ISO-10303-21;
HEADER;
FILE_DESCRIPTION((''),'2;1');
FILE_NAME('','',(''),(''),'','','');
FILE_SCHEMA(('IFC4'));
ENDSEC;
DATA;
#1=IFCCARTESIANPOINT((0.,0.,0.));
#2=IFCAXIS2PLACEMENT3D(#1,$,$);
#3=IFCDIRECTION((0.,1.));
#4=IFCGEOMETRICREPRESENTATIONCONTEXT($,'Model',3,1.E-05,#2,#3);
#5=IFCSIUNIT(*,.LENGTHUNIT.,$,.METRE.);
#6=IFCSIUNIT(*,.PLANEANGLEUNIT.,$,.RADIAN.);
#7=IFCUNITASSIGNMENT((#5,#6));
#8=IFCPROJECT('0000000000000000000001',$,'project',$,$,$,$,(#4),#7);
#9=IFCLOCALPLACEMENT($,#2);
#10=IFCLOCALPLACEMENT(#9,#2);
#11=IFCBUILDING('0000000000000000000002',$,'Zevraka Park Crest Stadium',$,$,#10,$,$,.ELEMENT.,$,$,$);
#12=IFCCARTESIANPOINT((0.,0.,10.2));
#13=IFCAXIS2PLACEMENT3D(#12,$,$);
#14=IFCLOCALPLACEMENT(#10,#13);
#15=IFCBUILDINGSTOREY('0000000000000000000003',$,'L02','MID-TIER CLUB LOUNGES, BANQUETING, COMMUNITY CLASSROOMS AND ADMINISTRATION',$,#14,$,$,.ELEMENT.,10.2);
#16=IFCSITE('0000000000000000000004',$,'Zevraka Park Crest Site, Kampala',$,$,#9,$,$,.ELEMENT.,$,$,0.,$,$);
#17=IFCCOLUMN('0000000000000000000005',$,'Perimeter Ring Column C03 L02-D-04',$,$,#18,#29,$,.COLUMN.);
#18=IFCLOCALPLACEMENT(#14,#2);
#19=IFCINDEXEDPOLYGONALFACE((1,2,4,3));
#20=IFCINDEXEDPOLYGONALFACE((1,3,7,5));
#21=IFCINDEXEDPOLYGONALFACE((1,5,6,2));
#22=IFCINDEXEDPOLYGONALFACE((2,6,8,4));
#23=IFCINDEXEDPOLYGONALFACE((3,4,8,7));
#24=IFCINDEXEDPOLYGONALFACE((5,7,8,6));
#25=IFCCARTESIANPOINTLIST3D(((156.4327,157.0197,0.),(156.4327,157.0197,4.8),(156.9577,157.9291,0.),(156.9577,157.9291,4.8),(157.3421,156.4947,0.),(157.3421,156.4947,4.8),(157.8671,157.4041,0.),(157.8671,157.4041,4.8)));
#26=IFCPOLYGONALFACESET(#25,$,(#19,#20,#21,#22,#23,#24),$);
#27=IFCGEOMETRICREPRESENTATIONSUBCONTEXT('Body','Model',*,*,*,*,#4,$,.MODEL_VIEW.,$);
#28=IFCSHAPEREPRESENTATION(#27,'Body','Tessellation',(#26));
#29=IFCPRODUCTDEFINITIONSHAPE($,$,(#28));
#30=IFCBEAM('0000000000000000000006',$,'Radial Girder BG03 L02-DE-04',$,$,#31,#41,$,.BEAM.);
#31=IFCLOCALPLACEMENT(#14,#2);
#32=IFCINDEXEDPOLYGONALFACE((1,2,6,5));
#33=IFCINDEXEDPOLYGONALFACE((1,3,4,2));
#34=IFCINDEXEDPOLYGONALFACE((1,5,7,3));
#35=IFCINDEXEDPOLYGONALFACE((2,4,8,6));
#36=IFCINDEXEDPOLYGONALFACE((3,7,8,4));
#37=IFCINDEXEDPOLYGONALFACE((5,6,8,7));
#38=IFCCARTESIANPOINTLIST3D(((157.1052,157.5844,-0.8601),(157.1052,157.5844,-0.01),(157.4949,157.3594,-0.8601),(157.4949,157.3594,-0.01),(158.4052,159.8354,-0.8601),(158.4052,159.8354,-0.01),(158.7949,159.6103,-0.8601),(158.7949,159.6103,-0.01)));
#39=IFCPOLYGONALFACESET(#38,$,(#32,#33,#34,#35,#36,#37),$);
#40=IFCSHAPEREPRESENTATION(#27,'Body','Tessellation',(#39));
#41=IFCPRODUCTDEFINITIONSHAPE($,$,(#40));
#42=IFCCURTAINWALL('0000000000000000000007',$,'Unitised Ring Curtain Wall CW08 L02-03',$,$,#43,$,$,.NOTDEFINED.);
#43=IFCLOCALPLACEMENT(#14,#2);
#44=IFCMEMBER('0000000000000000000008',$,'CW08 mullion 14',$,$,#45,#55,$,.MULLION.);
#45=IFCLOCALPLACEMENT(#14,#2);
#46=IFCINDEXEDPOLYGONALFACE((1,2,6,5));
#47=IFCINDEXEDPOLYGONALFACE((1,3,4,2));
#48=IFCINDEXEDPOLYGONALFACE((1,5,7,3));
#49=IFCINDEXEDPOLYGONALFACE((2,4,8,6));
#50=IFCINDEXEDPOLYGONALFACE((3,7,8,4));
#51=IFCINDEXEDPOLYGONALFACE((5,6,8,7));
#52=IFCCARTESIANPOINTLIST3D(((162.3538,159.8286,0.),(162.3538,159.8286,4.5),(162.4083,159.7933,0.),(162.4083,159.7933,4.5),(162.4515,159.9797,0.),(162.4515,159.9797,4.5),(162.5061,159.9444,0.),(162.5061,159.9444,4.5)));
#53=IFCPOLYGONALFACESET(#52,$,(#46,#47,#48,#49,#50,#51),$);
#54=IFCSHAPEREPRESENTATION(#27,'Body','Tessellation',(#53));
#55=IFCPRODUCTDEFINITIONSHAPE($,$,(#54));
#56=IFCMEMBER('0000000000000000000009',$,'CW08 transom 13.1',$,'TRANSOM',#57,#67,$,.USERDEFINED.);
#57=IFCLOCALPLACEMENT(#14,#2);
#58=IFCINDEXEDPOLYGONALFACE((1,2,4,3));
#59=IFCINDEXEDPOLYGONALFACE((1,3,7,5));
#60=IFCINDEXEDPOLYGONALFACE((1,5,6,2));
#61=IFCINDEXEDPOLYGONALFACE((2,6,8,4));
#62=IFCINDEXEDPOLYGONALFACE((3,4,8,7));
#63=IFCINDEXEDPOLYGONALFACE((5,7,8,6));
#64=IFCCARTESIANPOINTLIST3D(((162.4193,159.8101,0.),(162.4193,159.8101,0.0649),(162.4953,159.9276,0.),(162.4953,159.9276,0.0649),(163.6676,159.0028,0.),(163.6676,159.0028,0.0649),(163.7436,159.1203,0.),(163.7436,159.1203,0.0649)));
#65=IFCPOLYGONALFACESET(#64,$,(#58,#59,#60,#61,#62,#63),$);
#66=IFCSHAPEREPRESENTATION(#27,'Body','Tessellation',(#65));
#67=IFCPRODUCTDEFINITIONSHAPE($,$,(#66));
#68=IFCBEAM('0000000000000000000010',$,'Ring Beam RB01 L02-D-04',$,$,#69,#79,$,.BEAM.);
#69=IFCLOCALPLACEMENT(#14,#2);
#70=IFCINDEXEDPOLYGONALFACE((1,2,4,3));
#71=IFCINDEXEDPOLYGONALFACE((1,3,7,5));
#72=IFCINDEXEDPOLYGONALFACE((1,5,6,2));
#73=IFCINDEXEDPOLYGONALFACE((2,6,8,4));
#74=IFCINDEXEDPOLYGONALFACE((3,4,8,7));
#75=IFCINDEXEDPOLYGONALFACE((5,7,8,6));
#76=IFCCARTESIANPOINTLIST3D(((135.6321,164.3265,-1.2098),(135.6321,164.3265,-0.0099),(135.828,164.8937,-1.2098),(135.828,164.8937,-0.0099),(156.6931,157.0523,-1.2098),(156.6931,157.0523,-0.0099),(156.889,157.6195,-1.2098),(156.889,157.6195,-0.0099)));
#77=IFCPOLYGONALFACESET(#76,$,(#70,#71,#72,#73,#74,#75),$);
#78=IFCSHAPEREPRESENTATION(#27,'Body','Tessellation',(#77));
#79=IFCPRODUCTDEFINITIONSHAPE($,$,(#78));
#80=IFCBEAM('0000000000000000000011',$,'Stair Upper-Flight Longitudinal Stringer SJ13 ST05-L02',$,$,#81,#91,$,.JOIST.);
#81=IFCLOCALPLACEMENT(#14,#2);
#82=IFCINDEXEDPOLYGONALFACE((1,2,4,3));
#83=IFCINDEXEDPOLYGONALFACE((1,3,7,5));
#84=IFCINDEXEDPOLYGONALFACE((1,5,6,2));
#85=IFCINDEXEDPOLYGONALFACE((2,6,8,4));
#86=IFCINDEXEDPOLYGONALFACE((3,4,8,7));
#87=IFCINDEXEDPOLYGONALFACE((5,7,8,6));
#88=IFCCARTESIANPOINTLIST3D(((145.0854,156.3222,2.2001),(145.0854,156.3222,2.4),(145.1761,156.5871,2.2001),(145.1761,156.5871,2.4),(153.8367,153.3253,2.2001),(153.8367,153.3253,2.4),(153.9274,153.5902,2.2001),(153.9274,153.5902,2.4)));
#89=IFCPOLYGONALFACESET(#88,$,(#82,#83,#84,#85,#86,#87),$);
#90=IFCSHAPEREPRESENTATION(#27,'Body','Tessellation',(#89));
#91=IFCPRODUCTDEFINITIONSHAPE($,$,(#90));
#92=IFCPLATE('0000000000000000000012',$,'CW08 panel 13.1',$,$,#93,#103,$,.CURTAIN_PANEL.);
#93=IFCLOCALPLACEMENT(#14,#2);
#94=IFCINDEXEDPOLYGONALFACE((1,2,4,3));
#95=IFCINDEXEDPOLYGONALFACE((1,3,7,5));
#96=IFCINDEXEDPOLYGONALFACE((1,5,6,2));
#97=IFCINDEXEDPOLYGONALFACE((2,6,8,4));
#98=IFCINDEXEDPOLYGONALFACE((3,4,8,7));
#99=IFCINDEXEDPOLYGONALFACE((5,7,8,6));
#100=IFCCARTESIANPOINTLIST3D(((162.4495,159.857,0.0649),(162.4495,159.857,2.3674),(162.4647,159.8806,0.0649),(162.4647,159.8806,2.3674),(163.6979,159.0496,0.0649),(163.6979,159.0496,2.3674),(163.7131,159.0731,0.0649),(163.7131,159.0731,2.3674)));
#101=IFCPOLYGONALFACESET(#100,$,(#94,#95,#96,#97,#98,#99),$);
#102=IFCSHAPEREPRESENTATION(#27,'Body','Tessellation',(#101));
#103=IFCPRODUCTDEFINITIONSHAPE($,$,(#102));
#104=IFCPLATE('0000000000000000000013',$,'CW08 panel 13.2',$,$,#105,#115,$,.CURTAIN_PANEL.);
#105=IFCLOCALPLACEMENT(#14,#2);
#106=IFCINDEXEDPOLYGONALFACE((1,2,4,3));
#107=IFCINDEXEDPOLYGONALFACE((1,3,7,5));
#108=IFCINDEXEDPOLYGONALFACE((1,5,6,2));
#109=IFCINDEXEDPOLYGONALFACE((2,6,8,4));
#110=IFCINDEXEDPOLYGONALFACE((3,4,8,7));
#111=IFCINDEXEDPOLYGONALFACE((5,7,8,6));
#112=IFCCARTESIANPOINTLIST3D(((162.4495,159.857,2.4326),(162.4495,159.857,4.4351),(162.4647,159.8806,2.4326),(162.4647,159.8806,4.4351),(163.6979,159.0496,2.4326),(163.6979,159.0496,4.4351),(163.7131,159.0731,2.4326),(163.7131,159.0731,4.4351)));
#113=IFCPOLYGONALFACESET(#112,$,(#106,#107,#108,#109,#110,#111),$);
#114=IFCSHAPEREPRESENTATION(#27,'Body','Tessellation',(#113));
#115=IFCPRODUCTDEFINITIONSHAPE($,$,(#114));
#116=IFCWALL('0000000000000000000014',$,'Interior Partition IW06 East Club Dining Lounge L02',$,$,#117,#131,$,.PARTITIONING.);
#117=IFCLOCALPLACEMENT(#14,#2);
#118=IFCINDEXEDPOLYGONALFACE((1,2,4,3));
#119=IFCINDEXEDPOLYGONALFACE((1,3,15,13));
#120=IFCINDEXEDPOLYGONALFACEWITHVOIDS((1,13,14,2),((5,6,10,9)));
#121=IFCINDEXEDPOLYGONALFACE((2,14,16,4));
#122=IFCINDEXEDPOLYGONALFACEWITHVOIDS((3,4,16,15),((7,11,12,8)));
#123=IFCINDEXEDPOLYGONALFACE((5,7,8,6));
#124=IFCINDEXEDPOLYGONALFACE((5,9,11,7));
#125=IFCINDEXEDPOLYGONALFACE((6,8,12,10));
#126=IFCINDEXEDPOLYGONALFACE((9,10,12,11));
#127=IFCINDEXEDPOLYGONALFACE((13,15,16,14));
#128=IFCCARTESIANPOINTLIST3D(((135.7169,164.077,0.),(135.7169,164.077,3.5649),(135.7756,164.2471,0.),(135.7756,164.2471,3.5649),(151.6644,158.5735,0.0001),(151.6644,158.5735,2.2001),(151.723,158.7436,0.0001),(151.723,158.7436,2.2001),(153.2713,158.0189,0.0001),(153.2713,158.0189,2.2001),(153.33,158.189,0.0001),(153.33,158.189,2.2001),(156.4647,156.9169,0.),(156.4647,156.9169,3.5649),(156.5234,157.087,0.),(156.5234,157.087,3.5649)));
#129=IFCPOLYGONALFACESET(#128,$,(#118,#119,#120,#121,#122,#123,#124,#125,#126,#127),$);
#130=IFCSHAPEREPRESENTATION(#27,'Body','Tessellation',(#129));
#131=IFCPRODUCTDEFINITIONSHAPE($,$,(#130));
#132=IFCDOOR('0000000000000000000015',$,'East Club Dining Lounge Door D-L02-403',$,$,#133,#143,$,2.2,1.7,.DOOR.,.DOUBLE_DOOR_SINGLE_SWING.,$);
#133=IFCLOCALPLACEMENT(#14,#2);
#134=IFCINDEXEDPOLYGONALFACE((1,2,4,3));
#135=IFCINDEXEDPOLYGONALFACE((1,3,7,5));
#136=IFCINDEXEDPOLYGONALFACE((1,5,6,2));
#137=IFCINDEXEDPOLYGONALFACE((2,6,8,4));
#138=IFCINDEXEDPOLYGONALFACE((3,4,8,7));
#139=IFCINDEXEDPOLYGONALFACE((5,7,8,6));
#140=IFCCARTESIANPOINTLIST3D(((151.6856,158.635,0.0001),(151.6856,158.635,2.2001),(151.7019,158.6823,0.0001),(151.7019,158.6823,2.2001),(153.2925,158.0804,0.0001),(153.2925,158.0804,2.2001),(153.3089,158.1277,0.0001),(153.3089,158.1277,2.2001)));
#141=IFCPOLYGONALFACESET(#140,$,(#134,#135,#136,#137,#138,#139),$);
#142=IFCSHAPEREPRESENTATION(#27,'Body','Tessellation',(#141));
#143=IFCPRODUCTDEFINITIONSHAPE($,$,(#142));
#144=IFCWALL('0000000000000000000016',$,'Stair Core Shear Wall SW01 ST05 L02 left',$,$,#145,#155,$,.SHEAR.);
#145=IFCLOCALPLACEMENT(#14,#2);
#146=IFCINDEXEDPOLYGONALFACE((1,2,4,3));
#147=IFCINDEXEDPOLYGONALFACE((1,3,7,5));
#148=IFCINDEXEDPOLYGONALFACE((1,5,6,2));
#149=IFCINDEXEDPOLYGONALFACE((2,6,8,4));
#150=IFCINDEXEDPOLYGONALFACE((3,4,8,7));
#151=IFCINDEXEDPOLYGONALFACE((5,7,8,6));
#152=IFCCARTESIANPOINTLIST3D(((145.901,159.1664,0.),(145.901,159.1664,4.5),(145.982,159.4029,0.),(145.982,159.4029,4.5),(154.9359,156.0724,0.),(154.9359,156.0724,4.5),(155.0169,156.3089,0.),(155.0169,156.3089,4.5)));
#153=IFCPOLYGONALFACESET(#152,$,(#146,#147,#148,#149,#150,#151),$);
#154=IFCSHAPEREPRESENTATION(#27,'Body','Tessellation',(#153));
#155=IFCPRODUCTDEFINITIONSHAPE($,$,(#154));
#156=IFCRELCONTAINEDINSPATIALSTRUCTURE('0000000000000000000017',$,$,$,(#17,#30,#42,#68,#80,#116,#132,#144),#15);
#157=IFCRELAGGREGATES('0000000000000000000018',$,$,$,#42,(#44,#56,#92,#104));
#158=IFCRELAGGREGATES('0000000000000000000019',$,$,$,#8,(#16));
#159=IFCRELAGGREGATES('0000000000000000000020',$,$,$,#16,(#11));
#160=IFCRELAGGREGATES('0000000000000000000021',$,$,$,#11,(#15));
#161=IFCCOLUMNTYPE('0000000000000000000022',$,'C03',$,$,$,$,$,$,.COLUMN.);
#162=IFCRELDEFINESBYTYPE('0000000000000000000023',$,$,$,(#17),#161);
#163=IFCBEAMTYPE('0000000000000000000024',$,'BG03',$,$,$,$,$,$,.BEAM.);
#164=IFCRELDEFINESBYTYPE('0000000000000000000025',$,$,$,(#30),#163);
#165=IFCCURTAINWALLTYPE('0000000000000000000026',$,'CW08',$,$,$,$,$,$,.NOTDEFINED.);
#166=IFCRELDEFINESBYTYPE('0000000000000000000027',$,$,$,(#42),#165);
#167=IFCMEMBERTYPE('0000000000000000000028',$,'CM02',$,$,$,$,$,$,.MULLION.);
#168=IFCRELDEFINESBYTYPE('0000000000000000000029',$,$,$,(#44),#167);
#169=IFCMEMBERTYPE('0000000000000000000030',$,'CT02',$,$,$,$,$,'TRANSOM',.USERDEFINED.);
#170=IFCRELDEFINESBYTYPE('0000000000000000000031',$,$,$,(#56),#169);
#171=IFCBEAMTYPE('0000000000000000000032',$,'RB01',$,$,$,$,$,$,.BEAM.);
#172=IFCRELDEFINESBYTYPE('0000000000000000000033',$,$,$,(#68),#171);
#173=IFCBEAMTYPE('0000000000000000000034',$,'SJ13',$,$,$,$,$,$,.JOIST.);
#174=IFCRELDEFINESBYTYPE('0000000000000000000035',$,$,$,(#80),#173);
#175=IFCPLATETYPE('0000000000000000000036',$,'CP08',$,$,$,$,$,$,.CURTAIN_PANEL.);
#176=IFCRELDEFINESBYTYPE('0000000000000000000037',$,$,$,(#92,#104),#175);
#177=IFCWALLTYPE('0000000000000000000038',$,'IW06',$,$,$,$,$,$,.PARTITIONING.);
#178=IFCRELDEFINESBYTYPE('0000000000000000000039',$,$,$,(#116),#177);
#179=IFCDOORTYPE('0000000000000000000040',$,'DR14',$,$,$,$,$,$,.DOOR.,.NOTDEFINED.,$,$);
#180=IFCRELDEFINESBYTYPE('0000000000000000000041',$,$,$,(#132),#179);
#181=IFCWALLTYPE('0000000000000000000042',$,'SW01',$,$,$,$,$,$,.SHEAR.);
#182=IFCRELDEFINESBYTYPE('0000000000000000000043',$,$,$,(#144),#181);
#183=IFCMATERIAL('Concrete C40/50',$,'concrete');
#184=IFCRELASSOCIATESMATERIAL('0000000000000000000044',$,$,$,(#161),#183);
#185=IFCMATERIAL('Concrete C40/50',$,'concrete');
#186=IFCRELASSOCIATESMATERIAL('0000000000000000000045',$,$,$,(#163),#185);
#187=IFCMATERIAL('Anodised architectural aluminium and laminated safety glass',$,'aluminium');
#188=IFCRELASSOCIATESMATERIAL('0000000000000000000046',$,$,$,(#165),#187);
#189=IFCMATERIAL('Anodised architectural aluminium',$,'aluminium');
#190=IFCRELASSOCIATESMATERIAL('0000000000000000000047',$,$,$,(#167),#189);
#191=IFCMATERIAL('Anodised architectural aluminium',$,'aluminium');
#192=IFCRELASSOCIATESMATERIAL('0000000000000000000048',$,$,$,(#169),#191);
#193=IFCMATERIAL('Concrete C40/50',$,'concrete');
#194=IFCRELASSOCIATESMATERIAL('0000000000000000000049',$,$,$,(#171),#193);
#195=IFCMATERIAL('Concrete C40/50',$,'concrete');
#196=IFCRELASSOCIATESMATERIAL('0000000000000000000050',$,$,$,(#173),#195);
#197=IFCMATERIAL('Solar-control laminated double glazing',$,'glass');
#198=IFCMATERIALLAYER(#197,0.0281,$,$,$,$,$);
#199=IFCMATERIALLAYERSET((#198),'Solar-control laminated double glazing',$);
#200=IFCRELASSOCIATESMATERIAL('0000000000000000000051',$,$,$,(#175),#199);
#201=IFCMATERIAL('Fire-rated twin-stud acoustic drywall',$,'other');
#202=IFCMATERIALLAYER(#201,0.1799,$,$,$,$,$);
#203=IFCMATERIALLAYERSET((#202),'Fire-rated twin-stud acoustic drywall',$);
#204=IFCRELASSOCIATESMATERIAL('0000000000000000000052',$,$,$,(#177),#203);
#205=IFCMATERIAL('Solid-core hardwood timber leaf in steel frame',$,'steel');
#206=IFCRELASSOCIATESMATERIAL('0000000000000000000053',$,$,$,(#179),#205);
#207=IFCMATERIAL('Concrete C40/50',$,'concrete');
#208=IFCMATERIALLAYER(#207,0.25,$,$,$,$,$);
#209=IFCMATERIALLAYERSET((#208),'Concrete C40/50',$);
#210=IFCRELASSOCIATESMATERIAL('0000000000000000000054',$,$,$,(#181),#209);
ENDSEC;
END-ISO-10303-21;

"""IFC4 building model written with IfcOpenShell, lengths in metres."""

from ifc_helpers import new_model, si_unit, direction, frame, frame_2d, origin, origin_2d, place, context, subcontext, project, spatial, rectangle, extrude, material, layer, layer_set, material_profile, profile_set, type_object, element, fill, aggregate, save


model = new_model("IFC4")

# Units and contexts
model_context = context("Model", 3, precision=1e-05, world=origin(), true_north=direction((0.0, 1.0)))
body_context = subcontext(model_context, "Body", "Model", "MODEL_VIEW")
ifc_project = project(units=[si_unit("LENGTHUNIT", "METRE"), si_unit("PLANEANGLEUNIT", "RADIAN")], contexts=[model_context])

# Site, building, storey
site_placement = place(None, origin())
site = spatial("IfcSite", under=ifc_project, at=site_placement, Name="Zevraka Park Crest Site, Kampala", CompositionType="ELEMENT", RefElevation=0.0)
building_placement = place(site_placement, origin())
building = spatial("IfcBuilding", under=site, at=building_placement, Name="Zevraka Park Crest Stadium", CompositionType="ELEMENT")
storey_placement = place(building_placement, frame((0.0, 0.0, 10.2)))
storey = spatial("IfcBuildingStorey", under=building, at=storey_placement, Name="L02", Description="MID-TIER CLUB LOUNGES, BANQUETING, COMMUNITY CLASSROOMS AND ADMINISTRATION", CompositionType="ELEMENT", Elevation=10.2)

# Column
ifc_material_1 = material(Name="Concrete C40/50", Category="concrete")
ifc_material_profile_1 = material_profile(ifc_material_1, rectangle(XDim=1.05, YDim=1.05, at=origin_2d()), Name="RC 1050x1050")
ifc_profile_set_1 = profile_set([ifc_material_profile_1], Name="Concrete C40/50")
column_type = type_object("IfcColumnType", Name="C03", PredefinedType="COLUMN", material=ifc_profile_set_1)
column_placement = place(storey_placement, frame((157.1499, 157.2119, 0.0), z_axis=(0.0, 0.0, 1.0), x_axis=(0.5, 0.866025, 0.0)))
element("IfcColumn", 1, at=column_placement, inside=storey, type_object=column_type, Name="Perimeter Ring Column C03 L02-D-04", PredefinedType="COLUMN", context=body_context, shape_type="SweptSolid", body=[
    extrude(rectangle(XDim=1.05, YDim=1.05, at=origin_2d()), origin(), (0.0, 0.0, 1.0), 4.8),
])

# Beam
ifc_material_2 = material(Name="Concrete C40/50", Category="concrete")
ifc_material_profile_2 = material_profile(ifc_material_2, rectangle(XDim=0.45, YDim=0.8501, at=origin_2d()), Name="RC 850x450")
ifc_profile_set_2 = profile_set([ifc_material_profile_2], Name="Concrete C40/50")
beam_type_1 = type_object("IfcBeamType", Name="BG03", PredefinedType="BEAM", material=ifc_profile_set_2)
beam_1_placement = place(storey_placement, frame((157.3, 157.4719, -0.4351), z_axis=(0.500129, 0.865951, 0.0), x_axis=(-0.865951, 0.500129, 0.0)))
element("IfcBeam", 2, at=beam_1_placement, inside=storey, type_object=beam_type_1, Name="Radial Girder BG03 L02-DE-04", PredefinedType="BEAM", context=body_context, shape_type="SweptSolid", body=[
    extrude(rectangle(XDim=0.45, YDim=0.8501, at=origin_2d()), origin(), (0.0, 0.0, 1.0), 2.5994),
])

# Curtain wall, members
ifc_material_3 = material(Name="Anodised architectural aluminium and laminated safety glass", Category="aluminium")
curtain_wall_type = type_object("IfcCurtainWallType", Name="CW08", PredefinedType="NOTDEFINED", material=ifc_material_3)
curtain_wall_placement = place(storey_placement, origin())
curtain_wall = element("IfcCurtainWall", 3, at=curtain_wall_placement, inside=storey, type_object=curtain_wall_type, Name="Unitised Ring Curtain Wall CW08 L02-03", PredefinedType="NOTDEFINED")
ifc_material_4 = material(Name="Anodised architectural aluminium", Category="aluminium")
ifc_material_profile_3 = material_profile(ifc_material_4, rectangle(XDim=0.1799, YDim=0.0649, at=origin_2d()), Name="ALU MULLION 180x65")
ifc_profile_set_3 = profile_set([ifc_material_profile_3], Name="Anodised architectural aluminium")
member_type_1 = type_object("IfcMemberType", Name="CM02", PredefinedType="MULLION", material=ifc_profile_set_3)
member_1_placement = place(storey_placement, frame((162.4299, 159.8865, 0.0), z_axis=(0.0, 0.0, 1.0), x_axis=(-0.543096, -0.83967, 0.0)))
member_1 = element("IfcMember", 4, at=member_1_placement, type_object=member_type_1, Name="CW08 mullion 14", PredefinedType="MULLION", context=body_context, shape_type="SweptSolid", body=[
    extrude(rectangle(XDim=0.1799, YDim=0.0649, at=origin_2d()), origin(), (0.0, 0.0, 1.0), 4.5),
])
ifc_material_5 = material(Name="Anodised architectural aluminium", Category="aluminium")
ifc_material_profile_4 = material_profile(ifc_material_5, rectangle(XDim=0.1399, YDim=0.0649, at=origin_2d()), Name="ALU TRANSOM 140x65")
ifc_profile_set_4 = profile_set([ifc_material_profile_4], Name="Anodised architectural aluminium")
member_type_2 = type_object("IfcMemberType", Name="CT02", ElementType="TRANSOM", PredefinedType="USERDEFINED", material=ifc_profile_set_4)
member_2_placement = place(storey_placement, frame((163.7056, 159.0615, 0.0325), z_axis=(-0.839676, 0.543088, 0.0), x_axis=(-0.543088, -0.839676, 0.0)))
member_2 = element("IfcMember", 5, at=member_2_placement, type_object=member_type_2, Name="CW08 transom 13.1", ObjectType="TRANSOM", PredefinedType="USERDEFINED", context=body_context, shape_type="SweptSolid", body=[
    extrude(rectangle(XDim=0.1399, YDim=0.0649, at=origin_2d()), origin(), (0.0, 0.0, 1.0), 1.4866),
])

# Beams
ifc_material_6 = material(Name="Concrete C40/50", Category="concrete")
ifc_material_profile_5 = material_profile(ifc_material_6, rectangle(XDim=0.6001, YDim=1.2, at=origin_2d()), Name="RC 1200x600")
ifc_profile_set_5 = profile_set([ifc_material_profile_5], Name="Concrete C40/50")
beam_type_2 = type_object("IfcBeamType", Name="RB01", PredefinedType="BEAM", material=ifc_profile_set_5)
beam_2_placement = place(storey_placement, frame((156.791, 157.3359, -0.6099), z_axis=(-0.94521, 0.326462, 0.0), x_axis=(-0.326462, -0.94521, 0.0)))
element("IfcBeam", 6, at=beam_2_placement, inside=storey, type_object=beam_type_2, Name="Ring Beam RB01 L02-D-04", PredefinedType="BEAM", context=body_context, shape_type="SweptSolid", body=[
    extrude(rectangle(XDim=0.6001, YDim=1.2, at=origin_2d()), origin(), (0.0, 0.0, 1.0), 22.2817),
])
ifc_material_7 = material(Name="Concrete C40/50", Category="concrete")
ifc_material_profile_6 = material_profile(ifc_material_7, rectangle(XDim=0.28, YDim=0.2, at=origin_2d()), Name="RC 200x280")
ifc_profile_set_6 = profile_set([ifc_material_profile_6], Name="Concrete C40/50")
beam_type_3 = type_object("IfcBeamType", Name="SJ13", PredefinedType="JOIST", material=ifc_profile_set_6)
beam_3_placement = place(storey_placement, frame((153.8821, 153.4578, 2.3), z_axis=(-0.946065, 0.323977, 0.0), x_axis=(-0.323977, -0.946065, 0.0)))
element("IfcBeam", 7, at=beam_3_placement, inside=storey, type_object=beam_type_3, Name="Stair Upper-Flight Longitudinal Stringer SJ13 ST05-L02", PredefinedType="JOIST", context=body_context, shape_type="SweptSolid", body=[
    extrude(rectangle(XDim=0.28, YDim=0.2, at=origin_2d()), origin(), (0.0, 0.0, 1.0), 9.2502),
])

# Plates
ifc_material_8 = material(Name="Solar-control laminated double glazing", Category="glass")
ifc_layer_1 = layer(ifc_material_8, 0.0281)
ifc_layer_set_1 = layer_set([ifc_layer_1], Name="Solar-control laminated double glazing")
plate_type = type_object("IfcPlateType", Name="CP08", PredefinedType="CURTAIN_PANEL", material=ifc_layer_set_1)
plate_1_placement = place(storey_placement, frame((163.0813, 159.4651, 0.0649), z_axis=(0.0, 0.0, 1.0), x_axis=(-0.83967, 0.543096, 0.0)))
plate_1 = element("IfcPlate", 8, at=plate_1_placement, type_object=plate_type, Name="CW08 panel 13.1", PredefinedType="CURTAIN_PANEL", context=body_context, shape_type="SweptSolid", body=[
    extrude(rectangle(XDim=1.4868, YDim=0.0281, at=origin_2d()), origin(), (0.0, 0.0, 1.0), 2.3025),
])
plate_2_placement = place(storey_placement, frame((163.0813, 159.4651, 2.4326), z_axis=(0.0, 0.0, 1.0), x_axis=(-0.83967, 0.543096, 0.0)))
plate_2 = element("IfcPlate", 9, at=plate_2_placement, type_object=plate_type, Name="CW08 panel 13.2", PredefinedType="CURTAIN_PANEL", context=body_context, shape_type="SweptSolid", body=[
    extrude(rectangle(XDim=1.4868, YDim=0.0281, at=origin_2d()), origin(), (0.0, 0.0, 1.0), 2.0024),
])
aggregate(curtain_wall, [member_1, member_2, plate_1, plate_2])

# Wall, opening, door
ifc_material_9 = material(Name="Fire-rated twin-stud acoustic drywall", Category="other")
ifc_layer_2 = layer(ifc_material_9, 0.1799)
ifc_layer_set_2 = layer_set([ifc_layer_2], Name="Fire-rated twin-stud acoustic drywall")
wall_type_1 = type_object("IfcWallType", Name="IW06", PredefinedType="PARTITIONING", material=ifc_layer_set_2)
wall_1_placement = place(storey_placement, frame((156.4939, 157.002, 0.0), z_axis=(0.0, 0.0, 1.0), x_axis=(-0.945292, 0.326224, 0.0)))
wall_1 = element("IfcWall", 10, at=wall_1_placement, inside=storey, type_object=wall_type_1, Name="Interior Partition IW06 East Club Dining Lounge L02", PredefinedType="PARTITIONING", context=body_context, shape_type="SweptSolid", body=[
    extrude(rectangle(XDim=21.9485, YDim=0.1799, at=frame_2d((10.9741, 0.0))), origin(), (0.0, 0.0, 1.0), 3.5649),
])
opening_placement = place(wall_1_placement, frame((3.3779, 0.0, 0.0)))
opening = element("IfcOpeningElement", 11, at=opening_placement, cuts=wall_1, PredefinedType="OPENING", context=body_context, shape_type="SweptSolid", body=[
    extrude(rectangle(XDim=1.7, YDim=2.2, at=frame_2d((0.8501, 1.1001))), frame((0.0, 0.0999, 0.0), z_axis=(0.0, -1.0, 0.0), x_axis=(1.0, 0.0, 0.0)), (0.0, 0.0, 1.0), 0.2),
])
ifc_material_10 = material(Name="Solid-core hardwood timber leaf in steel frame", Category="steel")
door_type = type_object("IfcDoorType", Name="DR14", OperationType="NOTDEFINED", PredefinedType="DOOR", material=ifc_material_10)
door_placement = place(opening_placement, origin())
door = element("IfcDoor", 12, at=door_placement, inside=storey, type_object=door_type, Name="East Club Dining Lounge Door D-L02-403", OperationType="DOUBLE_DOOR_SINGLE_SWING", OverallHeight=2.2, OverallWidth=1.7, PredefinedType="DOOR", context=body_context, shape_type="SweptSolid", body=[
    extrude(rectangle(XDim=1.7, YDim=2.2, at=frame_2d((0.8501, 1.1001))), frame((0.0, 0.0249, 0.0), z_axis=(0.0, -1.0, 0.0), x_axis=(1.0, 0.0, 0.0)), (0.0, 0.0, 1.0), 0.05),
])
fill(opening, door)

# Wall
ifc_material_11 = material(Name="Concrete C40/50", Category="concrete")
ifc_layer_3 = layer(ifc_material_11, 0.25)
ifc_layer_set_3 = layer_set([ifc_layer_3], Name="Concrete C40/50")
wall_type_2 = type_object("IfcWallType", Name="SW01", PredefinedType="SHEAR", material=ifc_layer_set_3)
wall_2_placement = place(storey_placement, frame((154.9763, 156.1907, 0.0), z_axis=(0.0, 0.0, 1.0), x_axis=(-0.946064, 0.323979, 0.0)))
element("IfcWall", 13, at=wall_2_placement, inside=storey, type_object=wall_type_2, Name="Stair Core Shear Wall SW01 ST05 L02 left", PredefinedType="SHEAR", context=body_context, shape_type="SweptSolid", body=[
    extrude(rectangle(XDim=9.55, YDim=0.25, at=frame_2d((4.7749, 0.0))), origin(), (0.0, 0.0, 1.0), 4.5),
])

save(model, "model.ifc")
